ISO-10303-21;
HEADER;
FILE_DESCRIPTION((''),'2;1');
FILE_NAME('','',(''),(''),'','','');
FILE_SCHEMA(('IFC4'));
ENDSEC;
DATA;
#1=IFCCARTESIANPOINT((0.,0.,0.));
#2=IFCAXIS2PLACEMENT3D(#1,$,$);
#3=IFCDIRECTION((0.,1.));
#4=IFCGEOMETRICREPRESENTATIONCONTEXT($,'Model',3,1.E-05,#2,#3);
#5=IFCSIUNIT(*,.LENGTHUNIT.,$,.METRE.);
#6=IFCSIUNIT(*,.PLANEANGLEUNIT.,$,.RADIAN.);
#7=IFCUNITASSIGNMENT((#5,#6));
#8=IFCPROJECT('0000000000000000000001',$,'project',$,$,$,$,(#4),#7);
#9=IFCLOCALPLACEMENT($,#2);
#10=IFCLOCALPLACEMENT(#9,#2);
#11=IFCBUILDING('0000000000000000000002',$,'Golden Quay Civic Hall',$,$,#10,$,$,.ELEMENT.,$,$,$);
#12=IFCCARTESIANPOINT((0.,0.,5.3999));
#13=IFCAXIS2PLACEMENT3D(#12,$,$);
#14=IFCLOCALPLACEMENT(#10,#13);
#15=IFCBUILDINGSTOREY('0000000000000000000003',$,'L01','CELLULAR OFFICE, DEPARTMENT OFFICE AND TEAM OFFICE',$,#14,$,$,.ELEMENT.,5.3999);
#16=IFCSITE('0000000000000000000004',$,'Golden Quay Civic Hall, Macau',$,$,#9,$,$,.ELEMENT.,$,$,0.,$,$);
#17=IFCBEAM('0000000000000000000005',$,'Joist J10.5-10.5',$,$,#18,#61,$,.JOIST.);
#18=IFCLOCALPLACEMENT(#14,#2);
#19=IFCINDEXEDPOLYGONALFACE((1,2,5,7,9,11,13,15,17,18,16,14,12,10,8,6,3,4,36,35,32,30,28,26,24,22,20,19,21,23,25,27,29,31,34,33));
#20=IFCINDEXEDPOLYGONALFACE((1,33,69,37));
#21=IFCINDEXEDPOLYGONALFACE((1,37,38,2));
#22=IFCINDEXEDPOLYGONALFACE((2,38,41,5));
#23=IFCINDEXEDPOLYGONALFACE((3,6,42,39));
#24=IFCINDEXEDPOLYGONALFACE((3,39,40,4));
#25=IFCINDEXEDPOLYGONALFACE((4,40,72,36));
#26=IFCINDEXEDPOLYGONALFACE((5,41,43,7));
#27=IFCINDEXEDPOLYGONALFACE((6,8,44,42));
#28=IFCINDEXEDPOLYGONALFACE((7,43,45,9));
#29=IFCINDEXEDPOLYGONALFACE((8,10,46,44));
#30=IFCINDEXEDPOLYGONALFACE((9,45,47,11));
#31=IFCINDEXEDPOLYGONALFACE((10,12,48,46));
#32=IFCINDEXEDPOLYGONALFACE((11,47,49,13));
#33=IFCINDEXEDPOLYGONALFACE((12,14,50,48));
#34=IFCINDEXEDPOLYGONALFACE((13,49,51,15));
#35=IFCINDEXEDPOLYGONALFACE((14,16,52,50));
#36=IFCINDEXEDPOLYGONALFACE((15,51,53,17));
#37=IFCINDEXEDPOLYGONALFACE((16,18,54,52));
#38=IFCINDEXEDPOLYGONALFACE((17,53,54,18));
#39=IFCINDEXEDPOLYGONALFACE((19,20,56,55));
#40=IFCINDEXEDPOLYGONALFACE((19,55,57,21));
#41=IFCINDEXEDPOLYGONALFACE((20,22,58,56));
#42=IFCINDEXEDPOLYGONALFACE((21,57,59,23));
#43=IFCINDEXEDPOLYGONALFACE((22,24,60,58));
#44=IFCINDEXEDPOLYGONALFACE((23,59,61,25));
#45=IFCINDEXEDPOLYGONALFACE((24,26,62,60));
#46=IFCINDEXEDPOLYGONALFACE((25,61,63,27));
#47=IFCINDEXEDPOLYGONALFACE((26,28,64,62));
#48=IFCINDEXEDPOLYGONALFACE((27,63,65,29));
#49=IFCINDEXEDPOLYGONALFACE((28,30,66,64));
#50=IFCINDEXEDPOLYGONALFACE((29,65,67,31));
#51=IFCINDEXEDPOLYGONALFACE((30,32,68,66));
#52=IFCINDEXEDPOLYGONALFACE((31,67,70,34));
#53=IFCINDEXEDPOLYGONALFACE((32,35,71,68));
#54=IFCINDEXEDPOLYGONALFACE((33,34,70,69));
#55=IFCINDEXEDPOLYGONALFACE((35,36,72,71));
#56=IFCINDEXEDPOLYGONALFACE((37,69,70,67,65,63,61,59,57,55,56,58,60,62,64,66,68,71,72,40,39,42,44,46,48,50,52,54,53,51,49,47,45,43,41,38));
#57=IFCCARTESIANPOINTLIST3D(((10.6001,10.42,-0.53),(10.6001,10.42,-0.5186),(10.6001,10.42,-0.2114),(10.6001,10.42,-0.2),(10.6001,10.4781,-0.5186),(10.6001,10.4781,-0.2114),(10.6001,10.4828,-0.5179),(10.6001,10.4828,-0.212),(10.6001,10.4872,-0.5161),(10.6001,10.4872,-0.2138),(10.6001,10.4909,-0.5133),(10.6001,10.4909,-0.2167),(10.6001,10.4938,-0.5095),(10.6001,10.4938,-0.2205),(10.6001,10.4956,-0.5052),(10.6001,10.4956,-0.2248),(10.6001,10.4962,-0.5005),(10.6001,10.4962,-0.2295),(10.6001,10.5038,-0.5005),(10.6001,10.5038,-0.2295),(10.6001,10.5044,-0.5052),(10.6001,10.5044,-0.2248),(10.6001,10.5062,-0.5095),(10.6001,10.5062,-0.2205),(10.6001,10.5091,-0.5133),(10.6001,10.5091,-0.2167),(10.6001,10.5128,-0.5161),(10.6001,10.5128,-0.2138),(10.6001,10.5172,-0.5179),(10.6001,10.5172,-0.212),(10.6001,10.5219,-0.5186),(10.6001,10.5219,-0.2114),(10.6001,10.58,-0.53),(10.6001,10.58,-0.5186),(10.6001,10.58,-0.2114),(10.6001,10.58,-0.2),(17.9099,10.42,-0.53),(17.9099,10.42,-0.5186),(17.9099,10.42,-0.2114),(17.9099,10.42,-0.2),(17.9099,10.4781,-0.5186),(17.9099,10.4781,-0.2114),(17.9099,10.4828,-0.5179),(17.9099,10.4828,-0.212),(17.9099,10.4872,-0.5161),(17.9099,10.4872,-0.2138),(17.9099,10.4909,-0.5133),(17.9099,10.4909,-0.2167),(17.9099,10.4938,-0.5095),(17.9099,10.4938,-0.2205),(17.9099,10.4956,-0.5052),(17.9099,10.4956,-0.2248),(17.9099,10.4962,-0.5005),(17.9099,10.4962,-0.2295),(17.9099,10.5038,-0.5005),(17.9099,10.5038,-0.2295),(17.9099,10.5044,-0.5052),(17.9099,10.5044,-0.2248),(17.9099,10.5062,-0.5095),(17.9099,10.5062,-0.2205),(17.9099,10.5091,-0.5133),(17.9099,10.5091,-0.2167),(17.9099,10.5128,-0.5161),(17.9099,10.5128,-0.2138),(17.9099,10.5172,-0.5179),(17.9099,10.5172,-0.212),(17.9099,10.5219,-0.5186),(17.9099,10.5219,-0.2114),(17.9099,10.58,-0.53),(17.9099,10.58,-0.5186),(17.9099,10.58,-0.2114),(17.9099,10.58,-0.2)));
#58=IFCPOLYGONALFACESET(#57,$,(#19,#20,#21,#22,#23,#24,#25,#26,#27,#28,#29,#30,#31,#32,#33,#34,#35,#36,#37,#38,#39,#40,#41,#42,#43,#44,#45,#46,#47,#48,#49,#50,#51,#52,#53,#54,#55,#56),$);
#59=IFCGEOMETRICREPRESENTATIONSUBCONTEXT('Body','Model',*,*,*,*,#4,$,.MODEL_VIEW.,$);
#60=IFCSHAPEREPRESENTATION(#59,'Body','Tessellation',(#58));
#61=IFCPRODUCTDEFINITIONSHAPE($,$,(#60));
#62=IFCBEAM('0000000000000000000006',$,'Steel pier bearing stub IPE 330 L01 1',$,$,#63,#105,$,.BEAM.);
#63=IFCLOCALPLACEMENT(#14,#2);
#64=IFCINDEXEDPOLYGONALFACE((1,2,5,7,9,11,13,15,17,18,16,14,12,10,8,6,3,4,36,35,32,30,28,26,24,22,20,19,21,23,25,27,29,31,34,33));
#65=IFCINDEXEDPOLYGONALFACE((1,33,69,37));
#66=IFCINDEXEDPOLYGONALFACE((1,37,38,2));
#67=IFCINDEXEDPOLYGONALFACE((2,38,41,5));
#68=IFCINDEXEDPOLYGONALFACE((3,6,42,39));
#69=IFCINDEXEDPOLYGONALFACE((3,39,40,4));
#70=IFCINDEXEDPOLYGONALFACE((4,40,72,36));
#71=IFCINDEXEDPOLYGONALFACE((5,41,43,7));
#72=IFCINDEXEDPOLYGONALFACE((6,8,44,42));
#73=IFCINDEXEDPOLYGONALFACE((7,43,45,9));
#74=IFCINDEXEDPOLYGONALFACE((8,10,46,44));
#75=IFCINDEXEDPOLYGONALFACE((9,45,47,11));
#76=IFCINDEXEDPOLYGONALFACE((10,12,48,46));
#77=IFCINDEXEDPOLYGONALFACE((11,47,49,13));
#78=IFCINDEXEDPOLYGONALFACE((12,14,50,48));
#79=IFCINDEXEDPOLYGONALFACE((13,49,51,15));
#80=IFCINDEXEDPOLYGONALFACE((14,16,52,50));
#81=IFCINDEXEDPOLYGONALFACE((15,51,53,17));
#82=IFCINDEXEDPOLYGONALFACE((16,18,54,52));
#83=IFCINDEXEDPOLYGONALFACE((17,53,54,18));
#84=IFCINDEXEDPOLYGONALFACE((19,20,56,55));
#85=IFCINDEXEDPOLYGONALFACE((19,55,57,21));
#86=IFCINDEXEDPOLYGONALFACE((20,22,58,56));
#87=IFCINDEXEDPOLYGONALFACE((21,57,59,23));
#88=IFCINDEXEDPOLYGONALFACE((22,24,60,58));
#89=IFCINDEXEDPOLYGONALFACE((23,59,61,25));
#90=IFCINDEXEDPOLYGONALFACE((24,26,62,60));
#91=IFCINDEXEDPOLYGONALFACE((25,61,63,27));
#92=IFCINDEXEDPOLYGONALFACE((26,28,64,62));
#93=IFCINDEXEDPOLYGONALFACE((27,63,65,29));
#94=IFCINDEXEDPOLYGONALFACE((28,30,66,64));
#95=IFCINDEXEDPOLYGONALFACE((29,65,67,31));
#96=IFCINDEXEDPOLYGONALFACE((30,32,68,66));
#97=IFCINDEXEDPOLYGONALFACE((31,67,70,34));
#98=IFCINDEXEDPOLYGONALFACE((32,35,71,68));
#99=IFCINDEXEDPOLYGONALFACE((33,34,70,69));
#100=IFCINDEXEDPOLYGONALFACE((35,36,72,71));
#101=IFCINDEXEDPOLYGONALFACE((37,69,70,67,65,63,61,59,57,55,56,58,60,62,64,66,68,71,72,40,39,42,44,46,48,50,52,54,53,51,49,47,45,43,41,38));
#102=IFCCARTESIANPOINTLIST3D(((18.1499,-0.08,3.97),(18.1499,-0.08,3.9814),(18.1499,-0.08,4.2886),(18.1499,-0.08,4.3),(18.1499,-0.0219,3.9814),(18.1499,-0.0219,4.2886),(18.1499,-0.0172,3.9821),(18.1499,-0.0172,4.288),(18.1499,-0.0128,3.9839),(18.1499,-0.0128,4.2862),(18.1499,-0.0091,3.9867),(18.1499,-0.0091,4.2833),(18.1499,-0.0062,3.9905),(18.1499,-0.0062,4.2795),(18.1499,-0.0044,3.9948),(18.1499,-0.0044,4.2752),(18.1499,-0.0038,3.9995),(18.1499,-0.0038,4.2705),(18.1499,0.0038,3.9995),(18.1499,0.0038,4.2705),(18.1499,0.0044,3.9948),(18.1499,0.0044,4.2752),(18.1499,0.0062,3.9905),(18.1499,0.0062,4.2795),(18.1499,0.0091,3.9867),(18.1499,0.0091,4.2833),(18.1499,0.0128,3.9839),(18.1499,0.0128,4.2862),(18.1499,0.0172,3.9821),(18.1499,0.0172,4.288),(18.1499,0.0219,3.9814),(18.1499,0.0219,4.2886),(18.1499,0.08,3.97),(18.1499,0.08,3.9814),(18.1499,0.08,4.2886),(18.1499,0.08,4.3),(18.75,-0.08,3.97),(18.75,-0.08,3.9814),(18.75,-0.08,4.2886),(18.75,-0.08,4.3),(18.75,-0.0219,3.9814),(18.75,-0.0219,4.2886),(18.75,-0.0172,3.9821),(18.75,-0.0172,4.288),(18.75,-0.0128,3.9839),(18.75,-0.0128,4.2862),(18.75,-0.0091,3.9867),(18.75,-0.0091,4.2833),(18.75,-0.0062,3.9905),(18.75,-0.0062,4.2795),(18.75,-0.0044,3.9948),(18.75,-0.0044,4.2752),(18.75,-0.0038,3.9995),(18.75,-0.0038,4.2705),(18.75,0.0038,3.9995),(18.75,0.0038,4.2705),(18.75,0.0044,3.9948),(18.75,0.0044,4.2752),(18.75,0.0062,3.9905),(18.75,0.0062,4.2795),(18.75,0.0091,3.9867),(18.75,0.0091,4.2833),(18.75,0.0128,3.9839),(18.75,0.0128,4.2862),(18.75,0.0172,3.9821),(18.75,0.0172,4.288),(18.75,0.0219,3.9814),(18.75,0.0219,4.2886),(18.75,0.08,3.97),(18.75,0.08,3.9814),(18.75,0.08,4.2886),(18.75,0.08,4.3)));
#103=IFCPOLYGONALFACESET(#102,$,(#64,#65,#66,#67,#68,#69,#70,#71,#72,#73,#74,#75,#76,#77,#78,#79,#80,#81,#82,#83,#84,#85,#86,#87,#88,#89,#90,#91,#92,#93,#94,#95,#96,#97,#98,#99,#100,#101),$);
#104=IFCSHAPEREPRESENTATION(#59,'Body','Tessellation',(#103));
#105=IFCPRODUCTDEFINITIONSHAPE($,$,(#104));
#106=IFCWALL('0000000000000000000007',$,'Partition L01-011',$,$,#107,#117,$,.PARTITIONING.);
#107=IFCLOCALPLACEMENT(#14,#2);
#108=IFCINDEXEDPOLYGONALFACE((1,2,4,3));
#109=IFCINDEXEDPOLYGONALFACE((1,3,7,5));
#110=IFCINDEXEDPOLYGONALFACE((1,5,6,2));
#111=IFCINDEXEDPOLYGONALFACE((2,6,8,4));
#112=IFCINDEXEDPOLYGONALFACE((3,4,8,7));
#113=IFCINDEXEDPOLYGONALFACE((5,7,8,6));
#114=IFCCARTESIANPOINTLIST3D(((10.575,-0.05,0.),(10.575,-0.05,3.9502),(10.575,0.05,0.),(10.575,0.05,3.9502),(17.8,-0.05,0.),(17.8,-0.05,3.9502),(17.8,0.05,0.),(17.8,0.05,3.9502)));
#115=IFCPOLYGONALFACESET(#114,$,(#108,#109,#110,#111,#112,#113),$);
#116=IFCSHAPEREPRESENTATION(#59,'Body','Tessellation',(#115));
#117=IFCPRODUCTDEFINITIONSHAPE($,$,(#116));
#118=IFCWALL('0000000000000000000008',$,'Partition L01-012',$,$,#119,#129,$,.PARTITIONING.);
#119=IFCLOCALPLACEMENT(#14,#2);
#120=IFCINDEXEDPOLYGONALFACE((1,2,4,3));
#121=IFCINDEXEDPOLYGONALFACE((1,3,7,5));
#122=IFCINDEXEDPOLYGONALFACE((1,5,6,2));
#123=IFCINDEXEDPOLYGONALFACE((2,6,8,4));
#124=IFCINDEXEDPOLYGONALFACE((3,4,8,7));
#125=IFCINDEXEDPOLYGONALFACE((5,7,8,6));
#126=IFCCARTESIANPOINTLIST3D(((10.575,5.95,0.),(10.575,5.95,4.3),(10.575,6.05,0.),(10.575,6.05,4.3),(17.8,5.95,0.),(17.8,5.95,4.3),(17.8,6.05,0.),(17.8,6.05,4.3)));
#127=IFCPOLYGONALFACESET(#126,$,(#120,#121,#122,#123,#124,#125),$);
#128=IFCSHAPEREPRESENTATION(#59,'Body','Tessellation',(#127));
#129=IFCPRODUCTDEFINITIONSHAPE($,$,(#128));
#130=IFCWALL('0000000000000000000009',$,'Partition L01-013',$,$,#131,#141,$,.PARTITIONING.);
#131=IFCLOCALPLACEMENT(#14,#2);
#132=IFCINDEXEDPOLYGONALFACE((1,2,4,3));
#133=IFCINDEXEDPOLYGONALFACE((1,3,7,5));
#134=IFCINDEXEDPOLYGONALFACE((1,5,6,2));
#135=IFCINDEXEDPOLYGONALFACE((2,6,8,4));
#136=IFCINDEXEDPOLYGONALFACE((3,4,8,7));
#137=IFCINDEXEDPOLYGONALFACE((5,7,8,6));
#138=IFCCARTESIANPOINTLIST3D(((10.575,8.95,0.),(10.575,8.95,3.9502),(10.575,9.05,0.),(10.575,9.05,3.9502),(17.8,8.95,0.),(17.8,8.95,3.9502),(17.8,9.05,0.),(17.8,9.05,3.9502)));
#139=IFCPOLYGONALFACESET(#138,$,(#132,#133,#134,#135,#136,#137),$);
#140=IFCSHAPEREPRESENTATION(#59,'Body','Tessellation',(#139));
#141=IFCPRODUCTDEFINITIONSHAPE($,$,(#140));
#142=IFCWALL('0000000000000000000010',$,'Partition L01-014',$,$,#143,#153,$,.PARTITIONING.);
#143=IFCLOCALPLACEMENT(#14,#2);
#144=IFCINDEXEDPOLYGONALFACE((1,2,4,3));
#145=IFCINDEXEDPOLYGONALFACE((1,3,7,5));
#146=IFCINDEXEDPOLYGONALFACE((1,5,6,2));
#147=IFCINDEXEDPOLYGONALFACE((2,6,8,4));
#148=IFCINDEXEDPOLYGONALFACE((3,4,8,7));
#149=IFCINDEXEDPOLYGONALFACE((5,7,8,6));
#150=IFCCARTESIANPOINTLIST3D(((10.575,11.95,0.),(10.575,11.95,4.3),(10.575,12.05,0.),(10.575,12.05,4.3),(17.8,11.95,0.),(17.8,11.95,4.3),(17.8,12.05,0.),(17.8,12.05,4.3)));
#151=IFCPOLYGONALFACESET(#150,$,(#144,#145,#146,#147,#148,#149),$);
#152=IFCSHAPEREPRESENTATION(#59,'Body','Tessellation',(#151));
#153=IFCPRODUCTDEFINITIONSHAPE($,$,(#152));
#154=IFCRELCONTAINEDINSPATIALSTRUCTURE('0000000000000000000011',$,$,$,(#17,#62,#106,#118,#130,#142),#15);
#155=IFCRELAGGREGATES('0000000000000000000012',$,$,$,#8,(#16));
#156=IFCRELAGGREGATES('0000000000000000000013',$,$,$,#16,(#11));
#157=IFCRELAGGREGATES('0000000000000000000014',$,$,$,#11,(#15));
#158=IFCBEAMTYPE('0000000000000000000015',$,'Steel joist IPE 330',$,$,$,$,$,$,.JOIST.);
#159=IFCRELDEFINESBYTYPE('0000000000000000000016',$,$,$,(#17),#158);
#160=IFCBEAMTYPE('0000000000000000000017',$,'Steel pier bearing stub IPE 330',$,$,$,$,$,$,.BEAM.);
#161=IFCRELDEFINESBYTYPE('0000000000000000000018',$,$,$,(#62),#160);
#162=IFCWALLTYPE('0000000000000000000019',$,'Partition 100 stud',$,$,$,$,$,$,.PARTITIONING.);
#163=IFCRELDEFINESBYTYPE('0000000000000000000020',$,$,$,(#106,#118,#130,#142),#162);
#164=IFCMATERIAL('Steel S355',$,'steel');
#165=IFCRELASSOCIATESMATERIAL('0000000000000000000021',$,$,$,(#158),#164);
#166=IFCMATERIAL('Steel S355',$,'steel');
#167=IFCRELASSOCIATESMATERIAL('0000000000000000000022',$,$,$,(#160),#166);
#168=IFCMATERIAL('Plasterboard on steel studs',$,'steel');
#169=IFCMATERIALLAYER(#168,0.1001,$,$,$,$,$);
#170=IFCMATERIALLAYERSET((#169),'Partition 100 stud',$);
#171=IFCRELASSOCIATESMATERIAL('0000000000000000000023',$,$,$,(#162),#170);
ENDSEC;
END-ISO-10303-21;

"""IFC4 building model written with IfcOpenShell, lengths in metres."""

from ifc_helpers import new_model, si_unit, direction, frame, frame_2d, origin, origin_2d, place, context, subcontext, project, spatial, rectangle, i_section, extrude, material, layer, layer_set, material_profile, profile_set, type_object, element, save


model = new_model("IFC4")

# Units and contexts
model_context = context("Model", 3, precision=1e-05, world=origin(), true_north=direction((0.0, 1.0)))
body_context = subcontext(model_context, "Body", "Model", "MODEL_VIEW")
ifc_project = project(units=[si_unit("LENGTHUNIT", "METRE"), si_unit("PLANEANGLEUNIT", "RADIAN")], contexts=[model_context])

# Site, building, storey
site_placement = place(None, origin())
site = spatial("IfcSite", under=ifc_project, at=site_placement, Name="Golden Quay Civic Hall, Macau", CompositionType="ELEMENT", RefElevation=0.0)
building_placement = place(site_placement, origin())
building = spatial("IfcBuilding", under=site, at=building_placement, Name="Golden Quay Civic Hall", CompositionType="ELEMENT")
storey_placement = place(building_placement, frame((0.0, 0.0, 5.3999)))
storey = spatial("IfcBuildingStorey", under=building, at=storey_placement, Name="L01", Description="CELLULAR OFFICE, DEPARTMENT OFFICE AND TEAM OFFICE", CompositionType="ELEMENT", Elevation=5.3999)

# Beams
ifc_material_1 = material(Name="Steel S355", Category="steel")
ifc_material_profile_1 = material_profile(ifc_material_1, i_section(OverallWidth=0.1599, OverallDepth=0.3301, WebThickness=0.0076, FlangeThickness=0.0115, FilletRadius=0.0181, at=origin_2d()), Name="IPE 330")
ifc_profile_set_1 = profile_set([ifc_material_profile_1], Name="Steel S355")
beam_type_1 = type_object("IfcBeamType", Name="Steel joist IPE 330", PredefinedType="JOIST", material=ifc_profile_set_1)
for number, where, z_axis, x_axis, name in (
    (1, (10.6001, 10.5, -0.365), (1.0, 0.0, 0.0), (0.0, 1.0, 0.0), "Joist J10.5-10.5"),
):
    element("IfcBeam", number, at=place(storey_placement, frame(where, z_axis=z_axis, x_axis=x_axis)), inside=storey, type_object=beam_type_1, Name=name, PredefinedType="JOIST", context=body_context, shape_type="SweptSolid", body=[
        extrude(i_section(OverallWidth=0.1599, OverallDepth=0.3301, WebThickness=0.0076, FlangeThickness=0.0115, FilletRadius=0.0181, at=origin_2d()), origin(), (0.0, 0.0, 1.0), 7.3098),
    ])
ifc_material_2 = material(Name="Steel S355", Category="steel")
ifc_material_profile_2 = material_profile(ifc_material_2, i_section(OverallWidth=0.1599, OverallDepth=0.3301, WebThickness=0.0076, FlangeThickness=0.0115, FilletRadius=0.0181, at=origin_2d()), Name="IPE 330")
ifc_profile_set_2 = profile_set([ifc_material_profile_2], Name="Steel S355")
beam_type_2 = type_object("IfcBeamType", Name="Steel pier bearing stub IPE 330", PredefinedType="BEAM", material=ifc_profile_set_2)
beam_1_placement = place(storey_placement, frame((18.1499, 0.0, 4.135), z_axis=(1.0, 0.0, 0.0), x_axis=(0.0, 1.0, 0.0)))
element("IfcBeam", 2, at=beam_1_placement, inside=storey, type_object=beam_type_2, Name="Steel pier bearing stub IPE 330 L01 1", PredefinedType="BEAM", context=body_context, shape_type="SweptSolid", body=[
    extrude(i_section(OverallWidth=0.1599, OverallDepth=0.3301, WebThickness=0.0076, FlangeThickness=0.0115, FilletRadius=0.0181, at=origin_2d()), origin(), (0.0, 0.0, 1.0), 0.6001),
])

# Walls
ifc_material_3 = material(Name="Plasterboard on steel studs", Category="steel")
ifc_layer_1 = layer(ifc_material_3, 0.1001)
ifc_layer_set_1 = layer_set([ifc_layer_1], Name="Partition 100 stud")
wall_type_1 = type_object("IfcWallType", Name="Partition 100 stud", PredefinedType="PARTITIONING", material=ifc_layer_set_1)
wall_1_placement = place(storey_placement, frame((10.575, 0.0, 0.0), z_axis=(0.0, 0.0, 1.0), x_axis=(1.0, 0.0, 0.0)))
element("IfcWall", 3, at=wall_1_placement, inside=storey, type_object=wall_type_1, Name="Partition L01-011", PredefinedType="PARTITIONING", context=body_context, shape_type="SweptSolid", body=[
    extrude(rectangle(XDim=7.2251, YDim=0.1001, at=frame_2d((3.6125, 0.0))), origin(), (0.0, 0.0, 1.0), 3.9502),
])
wall_2_placement = place(storey_placement, frame((10.575, 6.0, 0.0), z_axis=(0.0, 0.0, 1.0), x_axis=(1.0, 0.0, 0.0)))
element("IfcWall", 4, at=wall_2_placement, inside=storey, type_object=wall_type_1, Name="Partition L01-012", PredefinedType="PARTITIONING", context=body_context, shape_type="SweptSolid", body=[
    extrude(rectangle(XDim=7.2251, YDim=0.1001, at=frame_2d((3.6125, 0.0))), origin(), (0.0, 0.0, 1.0), 4.3),
])
wall_3_placement = place(storey_placement, frame((10.575, 9.0, 0.0), z_axis=(0.0, 0.0, 1.0), x_axis=(1.0, 0.0, 0.0)))
element("IfcWall", 5, at=wall_3_placement, inside=storey, type_object=wall_type_1, Name="Partition L01-013", PredefinedType="PARTITIONING", context=body_context, shape_type="SweptSolid", body=[
    extrude(rectangle(XDim=7.2251, YDim=0.1001, at=frame_2d((3.6125, 0.0))), origin(), (0.0, 0.0, 1.0), 3.9502),
])
wall_4_placement = place(storey_placement, frame((10.575, 12.0, 0.0), z_axis=(0.0, 0.0, 1.0), x_axis=(1.0, 0.0, 0.0)))
element("IfcWall", 6, at=wall_4_placement, inside=storey, type_object=wall_type_1, Name="Partition L01-014", PredefinedType="PARTITIONING", context=body_context, shape_type="SweptSolid", body=[
    extrude(rectangle(XDim=7.2251, YDim=0.1001, at=frame_2d((3.6125, 0.0))), origin(), (0.0, 0.0, 1.0), 4.3),
])

save(model, "model.ifc")
